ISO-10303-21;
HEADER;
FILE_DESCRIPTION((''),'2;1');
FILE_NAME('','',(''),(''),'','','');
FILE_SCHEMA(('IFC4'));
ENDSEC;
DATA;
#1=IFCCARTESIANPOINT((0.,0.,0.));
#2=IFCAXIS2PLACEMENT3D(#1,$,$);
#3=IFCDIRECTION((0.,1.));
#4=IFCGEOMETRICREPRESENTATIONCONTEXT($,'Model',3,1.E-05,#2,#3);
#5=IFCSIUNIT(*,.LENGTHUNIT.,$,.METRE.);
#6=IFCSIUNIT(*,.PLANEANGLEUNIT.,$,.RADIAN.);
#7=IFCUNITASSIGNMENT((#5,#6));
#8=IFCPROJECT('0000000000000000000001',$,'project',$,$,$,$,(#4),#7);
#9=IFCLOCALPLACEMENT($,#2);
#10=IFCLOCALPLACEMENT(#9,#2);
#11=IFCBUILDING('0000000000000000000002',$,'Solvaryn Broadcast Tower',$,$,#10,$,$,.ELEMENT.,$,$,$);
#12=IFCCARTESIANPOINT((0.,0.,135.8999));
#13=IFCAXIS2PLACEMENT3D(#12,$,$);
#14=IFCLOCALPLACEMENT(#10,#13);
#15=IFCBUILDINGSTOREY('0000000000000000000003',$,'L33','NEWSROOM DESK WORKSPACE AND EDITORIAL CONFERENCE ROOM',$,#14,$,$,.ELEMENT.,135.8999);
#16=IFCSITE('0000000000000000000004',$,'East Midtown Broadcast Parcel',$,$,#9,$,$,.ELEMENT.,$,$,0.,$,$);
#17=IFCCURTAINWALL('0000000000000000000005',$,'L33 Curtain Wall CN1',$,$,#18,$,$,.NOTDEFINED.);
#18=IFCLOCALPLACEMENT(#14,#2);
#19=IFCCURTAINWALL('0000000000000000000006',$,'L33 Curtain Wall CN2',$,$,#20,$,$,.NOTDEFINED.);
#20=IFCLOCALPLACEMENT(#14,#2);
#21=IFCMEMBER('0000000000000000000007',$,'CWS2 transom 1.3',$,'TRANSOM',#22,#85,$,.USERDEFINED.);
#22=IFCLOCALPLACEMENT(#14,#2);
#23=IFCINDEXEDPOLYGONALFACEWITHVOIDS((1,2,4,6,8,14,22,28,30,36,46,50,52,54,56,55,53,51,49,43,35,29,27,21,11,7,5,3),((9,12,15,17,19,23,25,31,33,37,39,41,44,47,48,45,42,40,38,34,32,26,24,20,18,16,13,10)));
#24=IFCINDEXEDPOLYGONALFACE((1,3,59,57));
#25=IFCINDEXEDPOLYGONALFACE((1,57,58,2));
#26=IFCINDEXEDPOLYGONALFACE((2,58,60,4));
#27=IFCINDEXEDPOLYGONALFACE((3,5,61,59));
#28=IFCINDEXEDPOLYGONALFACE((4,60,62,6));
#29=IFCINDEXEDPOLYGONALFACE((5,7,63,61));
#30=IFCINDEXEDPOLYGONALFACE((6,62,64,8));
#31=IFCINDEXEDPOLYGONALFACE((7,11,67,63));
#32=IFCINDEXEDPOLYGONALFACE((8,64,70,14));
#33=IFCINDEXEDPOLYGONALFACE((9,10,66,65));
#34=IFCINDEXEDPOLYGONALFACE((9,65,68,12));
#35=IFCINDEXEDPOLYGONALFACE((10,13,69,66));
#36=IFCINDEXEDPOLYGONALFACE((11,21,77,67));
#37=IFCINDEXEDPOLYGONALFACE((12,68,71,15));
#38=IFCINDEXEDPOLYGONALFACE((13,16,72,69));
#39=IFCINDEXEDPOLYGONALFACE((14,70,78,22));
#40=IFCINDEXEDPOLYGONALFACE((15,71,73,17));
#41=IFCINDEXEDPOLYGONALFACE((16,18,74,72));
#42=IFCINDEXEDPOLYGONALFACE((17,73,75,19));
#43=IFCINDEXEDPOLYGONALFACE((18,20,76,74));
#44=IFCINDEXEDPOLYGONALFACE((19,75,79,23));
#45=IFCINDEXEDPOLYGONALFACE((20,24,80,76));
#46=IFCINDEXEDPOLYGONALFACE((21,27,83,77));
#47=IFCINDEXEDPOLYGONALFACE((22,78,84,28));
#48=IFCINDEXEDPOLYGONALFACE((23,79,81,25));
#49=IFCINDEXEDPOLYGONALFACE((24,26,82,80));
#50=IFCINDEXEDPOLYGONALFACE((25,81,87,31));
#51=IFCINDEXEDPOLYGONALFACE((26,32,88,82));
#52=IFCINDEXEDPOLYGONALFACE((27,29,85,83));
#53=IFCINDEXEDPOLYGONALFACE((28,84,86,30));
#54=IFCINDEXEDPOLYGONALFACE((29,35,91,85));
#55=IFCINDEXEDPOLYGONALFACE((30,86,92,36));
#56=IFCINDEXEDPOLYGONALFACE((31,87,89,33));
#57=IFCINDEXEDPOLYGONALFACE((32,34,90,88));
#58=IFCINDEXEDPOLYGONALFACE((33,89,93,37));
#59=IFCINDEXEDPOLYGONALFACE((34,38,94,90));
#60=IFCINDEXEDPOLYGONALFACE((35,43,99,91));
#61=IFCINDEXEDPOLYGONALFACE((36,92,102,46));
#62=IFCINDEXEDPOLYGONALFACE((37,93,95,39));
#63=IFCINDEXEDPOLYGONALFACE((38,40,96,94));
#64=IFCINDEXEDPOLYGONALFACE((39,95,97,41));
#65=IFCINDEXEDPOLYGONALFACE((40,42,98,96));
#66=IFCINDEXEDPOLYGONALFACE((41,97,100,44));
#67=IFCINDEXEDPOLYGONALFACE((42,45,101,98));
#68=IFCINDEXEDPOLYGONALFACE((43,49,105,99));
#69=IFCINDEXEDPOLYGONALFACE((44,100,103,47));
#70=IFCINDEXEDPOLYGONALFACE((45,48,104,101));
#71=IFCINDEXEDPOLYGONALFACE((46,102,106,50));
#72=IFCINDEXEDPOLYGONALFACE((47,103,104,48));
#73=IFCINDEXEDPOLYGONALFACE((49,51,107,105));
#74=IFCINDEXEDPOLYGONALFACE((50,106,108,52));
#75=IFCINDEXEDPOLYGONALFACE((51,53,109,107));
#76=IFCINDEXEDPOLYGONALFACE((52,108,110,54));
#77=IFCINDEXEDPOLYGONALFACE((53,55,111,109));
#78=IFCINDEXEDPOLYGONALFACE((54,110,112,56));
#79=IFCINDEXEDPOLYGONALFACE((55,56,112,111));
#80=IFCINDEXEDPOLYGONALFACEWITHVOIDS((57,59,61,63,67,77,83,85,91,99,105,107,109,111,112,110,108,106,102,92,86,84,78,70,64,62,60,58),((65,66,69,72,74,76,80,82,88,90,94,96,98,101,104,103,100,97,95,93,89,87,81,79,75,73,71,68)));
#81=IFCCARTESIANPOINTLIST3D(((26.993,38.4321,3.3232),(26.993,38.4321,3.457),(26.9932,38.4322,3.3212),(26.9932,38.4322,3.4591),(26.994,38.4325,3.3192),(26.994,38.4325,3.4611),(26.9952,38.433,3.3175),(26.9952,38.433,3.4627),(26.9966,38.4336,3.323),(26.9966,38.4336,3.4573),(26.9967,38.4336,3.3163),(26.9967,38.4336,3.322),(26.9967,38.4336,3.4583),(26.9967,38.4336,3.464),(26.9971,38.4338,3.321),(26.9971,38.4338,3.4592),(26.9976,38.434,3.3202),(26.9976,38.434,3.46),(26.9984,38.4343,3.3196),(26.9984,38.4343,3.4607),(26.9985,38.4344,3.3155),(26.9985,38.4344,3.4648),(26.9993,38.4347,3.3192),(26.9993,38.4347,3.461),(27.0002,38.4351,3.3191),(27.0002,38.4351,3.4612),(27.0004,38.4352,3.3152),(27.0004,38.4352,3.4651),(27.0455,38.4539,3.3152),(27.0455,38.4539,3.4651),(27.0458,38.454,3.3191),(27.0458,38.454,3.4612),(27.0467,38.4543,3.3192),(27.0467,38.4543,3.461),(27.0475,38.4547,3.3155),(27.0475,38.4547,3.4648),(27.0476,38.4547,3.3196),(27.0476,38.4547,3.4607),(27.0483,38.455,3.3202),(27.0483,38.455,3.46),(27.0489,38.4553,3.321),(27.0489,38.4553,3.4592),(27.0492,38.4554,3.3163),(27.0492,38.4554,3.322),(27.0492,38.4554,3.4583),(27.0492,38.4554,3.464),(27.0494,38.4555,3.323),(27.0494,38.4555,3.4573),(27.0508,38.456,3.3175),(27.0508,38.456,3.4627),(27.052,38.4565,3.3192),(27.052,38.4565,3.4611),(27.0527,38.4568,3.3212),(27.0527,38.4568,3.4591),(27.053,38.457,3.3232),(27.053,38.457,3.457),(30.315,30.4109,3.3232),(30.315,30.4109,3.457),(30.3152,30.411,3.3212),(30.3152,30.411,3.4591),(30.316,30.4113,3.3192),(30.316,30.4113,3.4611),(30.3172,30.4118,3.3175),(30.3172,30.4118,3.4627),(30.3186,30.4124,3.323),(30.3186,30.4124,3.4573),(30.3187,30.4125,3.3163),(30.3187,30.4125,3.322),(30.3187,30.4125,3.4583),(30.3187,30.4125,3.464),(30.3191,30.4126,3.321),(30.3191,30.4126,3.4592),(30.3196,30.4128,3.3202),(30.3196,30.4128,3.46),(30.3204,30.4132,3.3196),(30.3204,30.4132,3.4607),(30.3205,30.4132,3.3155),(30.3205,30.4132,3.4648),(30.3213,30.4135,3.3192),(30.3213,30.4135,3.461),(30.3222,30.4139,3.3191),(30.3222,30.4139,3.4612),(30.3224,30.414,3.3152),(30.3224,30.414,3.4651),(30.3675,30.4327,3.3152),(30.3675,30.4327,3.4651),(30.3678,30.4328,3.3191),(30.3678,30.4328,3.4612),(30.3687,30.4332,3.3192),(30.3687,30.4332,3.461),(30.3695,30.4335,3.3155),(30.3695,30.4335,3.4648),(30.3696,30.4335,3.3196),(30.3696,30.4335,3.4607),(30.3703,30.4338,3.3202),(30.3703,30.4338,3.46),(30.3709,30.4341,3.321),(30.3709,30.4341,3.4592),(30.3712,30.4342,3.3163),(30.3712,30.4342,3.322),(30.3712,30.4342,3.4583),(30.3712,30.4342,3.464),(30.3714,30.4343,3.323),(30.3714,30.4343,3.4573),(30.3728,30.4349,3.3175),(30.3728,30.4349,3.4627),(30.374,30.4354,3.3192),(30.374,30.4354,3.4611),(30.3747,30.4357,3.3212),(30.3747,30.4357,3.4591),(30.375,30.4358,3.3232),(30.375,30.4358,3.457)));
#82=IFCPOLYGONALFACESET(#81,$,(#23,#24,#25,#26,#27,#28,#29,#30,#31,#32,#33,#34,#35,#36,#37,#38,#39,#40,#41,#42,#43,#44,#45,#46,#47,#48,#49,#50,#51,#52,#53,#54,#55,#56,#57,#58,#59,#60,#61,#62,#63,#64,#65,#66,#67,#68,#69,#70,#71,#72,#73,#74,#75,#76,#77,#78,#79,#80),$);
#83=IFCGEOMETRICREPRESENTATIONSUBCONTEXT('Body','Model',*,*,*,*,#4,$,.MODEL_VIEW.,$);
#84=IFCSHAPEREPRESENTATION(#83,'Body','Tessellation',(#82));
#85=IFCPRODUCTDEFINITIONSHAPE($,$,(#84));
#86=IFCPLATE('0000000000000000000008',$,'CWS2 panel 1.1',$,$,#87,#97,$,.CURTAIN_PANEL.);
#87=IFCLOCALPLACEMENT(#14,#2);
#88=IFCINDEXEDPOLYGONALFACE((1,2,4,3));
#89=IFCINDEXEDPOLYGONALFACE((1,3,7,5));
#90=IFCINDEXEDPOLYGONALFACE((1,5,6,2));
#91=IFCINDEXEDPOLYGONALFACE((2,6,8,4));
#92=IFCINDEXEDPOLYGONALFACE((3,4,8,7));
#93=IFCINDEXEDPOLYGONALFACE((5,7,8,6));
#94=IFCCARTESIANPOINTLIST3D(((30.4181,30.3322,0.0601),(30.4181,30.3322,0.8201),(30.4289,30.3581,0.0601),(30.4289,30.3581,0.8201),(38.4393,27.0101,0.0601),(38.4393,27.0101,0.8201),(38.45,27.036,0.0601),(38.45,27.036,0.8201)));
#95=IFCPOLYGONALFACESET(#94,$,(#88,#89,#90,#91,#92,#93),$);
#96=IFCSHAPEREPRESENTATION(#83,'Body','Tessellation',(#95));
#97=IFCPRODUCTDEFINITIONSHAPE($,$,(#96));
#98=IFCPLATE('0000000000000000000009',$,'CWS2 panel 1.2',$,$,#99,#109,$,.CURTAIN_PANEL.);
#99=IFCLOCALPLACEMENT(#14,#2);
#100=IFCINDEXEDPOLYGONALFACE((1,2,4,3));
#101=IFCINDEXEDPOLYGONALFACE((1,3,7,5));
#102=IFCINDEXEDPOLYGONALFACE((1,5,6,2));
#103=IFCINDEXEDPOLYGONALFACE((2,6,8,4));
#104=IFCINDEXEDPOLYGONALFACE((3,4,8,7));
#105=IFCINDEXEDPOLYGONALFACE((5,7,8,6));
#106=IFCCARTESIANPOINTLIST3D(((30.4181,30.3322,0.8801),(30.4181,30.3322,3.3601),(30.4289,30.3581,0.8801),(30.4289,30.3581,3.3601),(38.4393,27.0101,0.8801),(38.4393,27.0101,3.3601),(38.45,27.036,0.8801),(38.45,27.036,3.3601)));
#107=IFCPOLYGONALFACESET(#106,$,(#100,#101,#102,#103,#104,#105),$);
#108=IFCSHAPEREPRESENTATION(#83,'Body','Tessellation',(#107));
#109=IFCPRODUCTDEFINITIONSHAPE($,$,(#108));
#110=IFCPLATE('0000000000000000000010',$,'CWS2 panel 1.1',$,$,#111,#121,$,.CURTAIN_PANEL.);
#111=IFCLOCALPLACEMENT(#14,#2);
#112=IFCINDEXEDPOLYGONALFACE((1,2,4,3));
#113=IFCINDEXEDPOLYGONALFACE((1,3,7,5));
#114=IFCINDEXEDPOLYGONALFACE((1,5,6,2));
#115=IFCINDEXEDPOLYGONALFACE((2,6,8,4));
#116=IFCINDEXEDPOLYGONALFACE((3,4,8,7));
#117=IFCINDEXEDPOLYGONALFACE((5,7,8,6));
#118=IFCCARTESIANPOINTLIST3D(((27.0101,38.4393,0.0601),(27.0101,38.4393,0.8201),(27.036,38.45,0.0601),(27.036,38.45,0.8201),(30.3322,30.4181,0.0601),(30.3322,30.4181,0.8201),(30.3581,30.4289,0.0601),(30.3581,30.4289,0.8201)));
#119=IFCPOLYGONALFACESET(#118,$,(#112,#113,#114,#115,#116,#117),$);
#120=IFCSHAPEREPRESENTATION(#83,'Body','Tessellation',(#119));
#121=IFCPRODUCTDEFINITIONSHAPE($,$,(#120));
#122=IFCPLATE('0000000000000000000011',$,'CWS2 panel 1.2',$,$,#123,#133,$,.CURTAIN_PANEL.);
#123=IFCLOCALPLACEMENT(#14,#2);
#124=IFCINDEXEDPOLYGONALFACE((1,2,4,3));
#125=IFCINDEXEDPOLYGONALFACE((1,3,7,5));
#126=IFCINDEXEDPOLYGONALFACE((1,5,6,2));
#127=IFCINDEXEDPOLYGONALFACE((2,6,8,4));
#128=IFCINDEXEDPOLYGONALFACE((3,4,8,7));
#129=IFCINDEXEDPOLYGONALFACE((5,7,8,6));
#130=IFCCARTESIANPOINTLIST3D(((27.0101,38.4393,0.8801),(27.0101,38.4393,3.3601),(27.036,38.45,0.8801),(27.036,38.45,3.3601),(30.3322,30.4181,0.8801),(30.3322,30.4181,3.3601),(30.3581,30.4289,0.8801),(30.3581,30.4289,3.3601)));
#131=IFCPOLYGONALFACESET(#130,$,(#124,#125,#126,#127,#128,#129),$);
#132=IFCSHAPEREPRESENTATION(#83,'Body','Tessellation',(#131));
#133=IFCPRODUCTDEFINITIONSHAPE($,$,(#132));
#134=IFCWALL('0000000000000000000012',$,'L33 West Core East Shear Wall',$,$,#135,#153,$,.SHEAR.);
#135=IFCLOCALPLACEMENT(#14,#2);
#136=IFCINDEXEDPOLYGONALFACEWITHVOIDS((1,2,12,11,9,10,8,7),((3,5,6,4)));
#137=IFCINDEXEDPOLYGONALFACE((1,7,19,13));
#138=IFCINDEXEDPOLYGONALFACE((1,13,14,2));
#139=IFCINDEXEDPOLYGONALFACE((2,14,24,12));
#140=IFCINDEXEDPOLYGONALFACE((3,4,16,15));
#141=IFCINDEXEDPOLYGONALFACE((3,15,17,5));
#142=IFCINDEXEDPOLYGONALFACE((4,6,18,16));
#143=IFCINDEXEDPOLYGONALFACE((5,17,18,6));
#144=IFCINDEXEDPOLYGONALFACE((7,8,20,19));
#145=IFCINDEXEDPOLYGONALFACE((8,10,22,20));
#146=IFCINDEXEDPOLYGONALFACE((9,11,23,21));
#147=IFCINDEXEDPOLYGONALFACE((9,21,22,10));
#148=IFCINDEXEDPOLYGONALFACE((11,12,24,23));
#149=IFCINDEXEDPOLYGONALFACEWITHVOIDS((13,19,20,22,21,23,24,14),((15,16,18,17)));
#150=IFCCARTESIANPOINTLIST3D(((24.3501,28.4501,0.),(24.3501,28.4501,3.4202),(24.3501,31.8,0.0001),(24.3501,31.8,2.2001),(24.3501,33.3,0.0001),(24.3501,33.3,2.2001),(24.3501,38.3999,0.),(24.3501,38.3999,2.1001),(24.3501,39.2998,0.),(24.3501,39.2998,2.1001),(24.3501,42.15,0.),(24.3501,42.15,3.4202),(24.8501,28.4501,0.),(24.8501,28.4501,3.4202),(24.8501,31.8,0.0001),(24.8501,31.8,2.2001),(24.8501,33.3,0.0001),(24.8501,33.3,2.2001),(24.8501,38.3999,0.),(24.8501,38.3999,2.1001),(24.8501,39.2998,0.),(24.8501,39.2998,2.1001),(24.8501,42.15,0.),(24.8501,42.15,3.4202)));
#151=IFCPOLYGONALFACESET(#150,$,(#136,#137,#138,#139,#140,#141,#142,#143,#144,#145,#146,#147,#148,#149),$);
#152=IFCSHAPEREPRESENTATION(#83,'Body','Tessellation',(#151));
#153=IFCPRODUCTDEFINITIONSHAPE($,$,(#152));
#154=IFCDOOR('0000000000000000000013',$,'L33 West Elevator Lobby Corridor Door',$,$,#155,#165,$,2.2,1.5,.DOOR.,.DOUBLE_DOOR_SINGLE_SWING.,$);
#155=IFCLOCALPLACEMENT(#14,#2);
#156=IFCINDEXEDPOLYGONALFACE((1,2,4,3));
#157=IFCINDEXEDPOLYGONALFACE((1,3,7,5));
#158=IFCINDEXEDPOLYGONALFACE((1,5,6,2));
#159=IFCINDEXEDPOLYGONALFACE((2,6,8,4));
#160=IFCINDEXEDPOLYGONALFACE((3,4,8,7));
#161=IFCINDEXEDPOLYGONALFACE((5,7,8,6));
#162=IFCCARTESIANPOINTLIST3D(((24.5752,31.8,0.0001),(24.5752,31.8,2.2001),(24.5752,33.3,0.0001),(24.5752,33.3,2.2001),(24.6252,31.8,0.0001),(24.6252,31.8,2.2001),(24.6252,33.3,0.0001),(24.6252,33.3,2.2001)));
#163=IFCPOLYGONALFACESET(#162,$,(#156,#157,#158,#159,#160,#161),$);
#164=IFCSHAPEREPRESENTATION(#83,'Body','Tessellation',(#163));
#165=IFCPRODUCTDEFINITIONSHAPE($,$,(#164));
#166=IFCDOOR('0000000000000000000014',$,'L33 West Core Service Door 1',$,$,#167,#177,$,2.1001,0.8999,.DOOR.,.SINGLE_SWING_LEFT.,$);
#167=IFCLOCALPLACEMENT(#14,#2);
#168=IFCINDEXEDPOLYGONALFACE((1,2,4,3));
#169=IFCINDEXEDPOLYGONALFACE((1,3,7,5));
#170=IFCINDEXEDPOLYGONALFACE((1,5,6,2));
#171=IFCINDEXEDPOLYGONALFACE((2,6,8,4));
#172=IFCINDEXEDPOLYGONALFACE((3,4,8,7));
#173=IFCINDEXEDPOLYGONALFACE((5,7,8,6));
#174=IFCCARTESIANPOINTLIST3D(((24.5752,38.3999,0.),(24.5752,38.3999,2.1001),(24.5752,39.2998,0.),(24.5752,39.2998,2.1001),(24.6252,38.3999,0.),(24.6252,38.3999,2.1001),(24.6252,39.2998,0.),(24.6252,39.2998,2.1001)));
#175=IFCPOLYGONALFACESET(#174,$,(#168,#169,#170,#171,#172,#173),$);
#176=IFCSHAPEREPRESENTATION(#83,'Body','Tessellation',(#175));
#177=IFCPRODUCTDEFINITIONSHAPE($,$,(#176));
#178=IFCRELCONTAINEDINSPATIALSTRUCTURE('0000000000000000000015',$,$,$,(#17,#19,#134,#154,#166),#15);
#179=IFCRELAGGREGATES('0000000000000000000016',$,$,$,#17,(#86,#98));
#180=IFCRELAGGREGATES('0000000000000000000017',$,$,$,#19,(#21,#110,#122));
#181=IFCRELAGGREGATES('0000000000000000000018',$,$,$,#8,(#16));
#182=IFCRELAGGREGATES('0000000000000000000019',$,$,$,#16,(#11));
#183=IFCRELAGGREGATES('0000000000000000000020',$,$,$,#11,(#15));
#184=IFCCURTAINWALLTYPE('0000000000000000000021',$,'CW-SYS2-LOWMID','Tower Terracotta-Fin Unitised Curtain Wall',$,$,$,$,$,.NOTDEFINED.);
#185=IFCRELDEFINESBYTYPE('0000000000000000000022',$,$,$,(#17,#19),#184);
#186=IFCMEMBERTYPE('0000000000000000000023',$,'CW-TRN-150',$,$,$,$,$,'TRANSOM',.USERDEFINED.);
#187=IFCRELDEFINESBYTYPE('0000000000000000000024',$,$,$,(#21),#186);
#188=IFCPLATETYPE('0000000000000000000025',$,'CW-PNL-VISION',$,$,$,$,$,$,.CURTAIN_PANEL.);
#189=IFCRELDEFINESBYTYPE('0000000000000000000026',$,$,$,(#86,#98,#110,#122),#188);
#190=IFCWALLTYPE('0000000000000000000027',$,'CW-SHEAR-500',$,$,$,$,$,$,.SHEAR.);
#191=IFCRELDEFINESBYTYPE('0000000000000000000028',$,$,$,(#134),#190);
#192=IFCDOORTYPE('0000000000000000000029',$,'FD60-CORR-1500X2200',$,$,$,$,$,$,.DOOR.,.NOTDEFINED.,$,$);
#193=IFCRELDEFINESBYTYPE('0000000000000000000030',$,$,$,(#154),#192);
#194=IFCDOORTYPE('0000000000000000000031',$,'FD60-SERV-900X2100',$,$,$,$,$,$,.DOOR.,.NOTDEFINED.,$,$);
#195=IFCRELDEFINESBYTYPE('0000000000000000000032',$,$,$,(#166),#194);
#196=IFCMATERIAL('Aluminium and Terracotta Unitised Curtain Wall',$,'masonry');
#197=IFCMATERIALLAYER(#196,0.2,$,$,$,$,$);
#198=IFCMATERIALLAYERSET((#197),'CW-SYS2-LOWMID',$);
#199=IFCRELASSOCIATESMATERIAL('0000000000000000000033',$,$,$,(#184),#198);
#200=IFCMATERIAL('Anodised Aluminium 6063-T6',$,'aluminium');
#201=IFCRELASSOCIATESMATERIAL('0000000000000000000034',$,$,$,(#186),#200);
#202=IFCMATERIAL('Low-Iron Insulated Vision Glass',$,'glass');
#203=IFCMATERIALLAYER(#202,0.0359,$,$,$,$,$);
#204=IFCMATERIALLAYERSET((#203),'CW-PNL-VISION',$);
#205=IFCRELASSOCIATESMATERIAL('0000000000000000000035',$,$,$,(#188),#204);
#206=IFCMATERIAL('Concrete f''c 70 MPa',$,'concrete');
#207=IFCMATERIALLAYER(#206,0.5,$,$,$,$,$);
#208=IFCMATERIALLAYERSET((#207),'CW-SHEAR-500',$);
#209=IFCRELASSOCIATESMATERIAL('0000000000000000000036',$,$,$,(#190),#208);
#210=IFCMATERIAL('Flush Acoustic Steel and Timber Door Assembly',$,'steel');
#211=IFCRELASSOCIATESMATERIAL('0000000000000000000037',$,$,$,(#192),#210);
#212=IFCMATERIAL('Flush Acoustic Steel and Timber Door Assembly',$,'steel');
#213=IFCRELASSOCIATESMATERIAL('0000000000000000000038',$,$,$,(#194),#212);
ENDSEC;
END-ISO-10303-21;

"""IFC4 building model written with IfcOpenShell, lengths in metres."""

from ifc_helpers import new_model, si_unit, direction, frame, frame_2d, origin, origin_2d, place, context, subcontext, project, spatial, rectangle, hollow_rectangle, extrude, material, layer, layer_set, material_profile, profile_set, type_object, element, fill, aggregate, save


model = new_model("IFC4")

# Units and contexts
model_context = context("Model", 3, precision=1e-05, world=origin(), true_north=direction((0.0, 1.0)))
body_context = subcontext(model_context, "Body", "Model", "MODEL_VIEW")
ifc_project = project(units=[si_unit("LENGTHUNIT", "METRE"), si_unit("PLANEANGLEUNIT", "RADIAN")], contexts=[model_context])

# Site, building, storey
site_placement = place(None, origin())
site = spatial("IfcSite", under=ifc_project, at=site_placement, Name="East Midtown Broadcast Parcel", CompositionType="ELEMENT", RefElevation=0.0)
building_placement = place(site_placement, origin())
building = spatial("IfcBuilding", under=site, at=building_placement, Name="Solvaryn Broadcast Tower", CompositionType="ELEMENT")
storey_placement = place(building_placement, frame((0.0, 0.0, 135.8999)))
storey = spatial("IfcBuildingStorey", under=building, at=storey_placement, Name="L33", Description="NEWSROOM DESK WORKSPACE AND EDITORIAL CONFERENCE ROOM", CompositionType="ELEMENT", Elevation=135.8999)

# Curtain wall
ifc_material_1 = material(Name="Aluminium and Terracotta Unitised Curtain Wall", Category="masonry")
ifc_layer_1 = layer(ifc_material_1, 0.2)
ifc_layer_set_1 = layer_set([ifc_layer_1], Name="CW-SYS2-LOWMID")
curtain_wall_type = type_object("IfcCurtainWallType", Name="CW-SYS2-LOWMID", Description="Tower Terracotta-Fin Unitised Curtain Wall", PredefinedType="NOTDEFINED", material=ifc_layer_set_1)
curtain_wall_1_placement = place(storey_placement, origin())
curtain_wall_1 = element("IfcCurtainWall", 1, at=curtain_wall_1_placement, inside=storey, type_object=curtain_wall_type, Name="L33 Curtain Wall CN1", PredefinedType="NOTDEFINED")

# Curtain wall, member
curtain_wall_2_placement = place(storey_placement, origin())
curtain_wall_2 = element("IfcCurtainWall", 2, at=curtain_wall_2_placement, inside=storey, type_object=curtain_wall_type, Name="L33 Curtain Wall CN2", PredefinedType="NOTDEFINED")
ifc_material_2 = material(Name="Anodised Aluminium 6063-T6", Category="aluminium")
ifc_material_profile_1 = material_profile(ifc_material_2, hollow_rectangle(XDim=0.0649, YDim=0.1499, WallThickness=0.0039, InnerFilletRadius=0.0039, OuterFilletRadius=0.0081, at=origin_2d()))
ifc_profile_set_1 = profile_set([ifc_material_profile_1], Name="Anodised Aluminium 6063-T6")
member_type_1 = type_object("IfcMemberType", Name="CW-TRN-150", ElementType="TRANSOM", PredefinedType="USERDEFINED", material=ifc_profile_set_1)
member_1_placement = place(storey_placement, frame((30.345, 30.4233, 3.3901), z_axis=(-0.382636, 0.923899, 0.0), x_axis=(-0.923899, -0.382636, 0.0)))
member_1 = element("IfcMember", 3, at=member_1_placement, type_object=member_type_1, Name="CWS2 transom 1.3", ObjectType="TRANSOM", PredefinedType="USERDEFINED", context=body_context, shape_type="SweptSolid", body=[
    extrude(hollow_rectangle(XDim=0.0649, YDim=0.1499, WallThickness=0.0039, InnerFilletRadius=0.0039, OuterFilletRadius=0.0081, at=origin_2d()), origin(), (0.0, 0.0, 1.0), 8.6819),
])

# Plates
ifc_material_3 = material(Name="Low-Iron Insulated Vision Glass", Category="glass")
ifc_layer_2 = layer(ifc_material_3, 0.0359)
ifc_layer_set_2 = layer_set([ifc_layer_2], Name="CW-PNL-VISION")
plate_type = type_object("IfcPlateType", Name="CW-PNL-VISION", PredefinedType="CURTAIN_PANEL", material=ifc_layer_set_2)
plate_1_placement = place(storey_placement, frame((34.4341, 28.6841, 0.0601), z_axis=(0.0, 0.0, 1.0), x_axis=(-0.923895, 0.382646, 0.0)))
plate_1 = element("IfcPlate", 4, at=plate_1_placement, type_object=plate_type, Name="CWS2 panel 1.1", PredefinedType="CURTAIN_PANEL", context=body_context, shape_type="SweptSolid", body=[
    extrude(rectangle(XDim=8.6819, YDim=0.0281, at=origin_2d()), origin(), (0.0, 0.0, 1.0), 0.76),
])
plate_2_placement = place(storey_placement, frame((34.4341, 28.6841, 0.8801), z_axis=(0.0, 0.0, 1.0), x_axis=(-0.923895, 0.382646, 0.0)))
plate_2 = element("IfcPlate", 5, at=plate_2_placement, type_object=plate_type, Name="CWS2 panel 1.2", PredefinedType="CURTAIN_PANEL", context=body_context, shape_type="SweptSolid", body=[
    extrude(rectangle(XDim=8.6819, YDim=0.0281, at=origin_2d()), origin(), (0.0, 0.0, 1.0), 2.48),
])
aggregate(curtain_wall_1, [plate_1, plate_2])
plate_3_placement = place(storey_placement, frame((28.6841, 34.4341, 0.0601), z_axis=(0.0, 0.0, 1.0), x_axis=(-0.382646, 0.923895, 0.0)))
plate_3 = element("IfcPlate", 6, at=plate_3_placement, type_object=plate_type, Name="CWS2 panel 1.1", PredefinedType="CURTAIN_PANEL", context=body_context, shape_type="SweptSolid", body=[
    extrude(rectangle(XDim=8.6819, YDim=0.0281, at=origin_2d()), origin(), (0.0, 0.0, 1.0), 0.76),
])
plate_4_placement = place(storey_placement, frame((28.6841, 34.4341, 0.8801), z_axis=(0.0, 0.0, 1.0), x_axis=(-0.382646, 0.923895, 0.0)))
plate_4 = element("IfcPlate", 7, at=plate_4_placement, type_object=plate_type, Name="CWS2 panel 1.2", PredefinedType="CURTAIN_PANEL", context=body_context, shape_type="SweptSolid", body=[
    extrude(rectangle(XDim=8.6819, YDim=0.0281, at=origin_2d()), origin(), (0.0, 0.0, 1.0), 2.48),
])
aggregate(curtain_wall_2, [member_1, plate_3, plate_4])

# Wall, openings, doors
ifc_material_4 = material(Name="Concrete f'c 70 MPa", Category="concrete")
ifc_layer_3 = layer(ifc_material_4, 0.5)
ifc_layer_set_3 = layer_set([ifc_layer_3], Name="CW-SHEAR-500")
wall_type_1 = type_object("IfcWallType", Name="CW-SHEAR-500", PredefinedType="SHEAR", material=ifc_layer_set_3)
wall_1_placement = place(storey_placement, frame((24.6001, 28.45, 0.0), z_axis=(0.0, 0.0, 1.0), x_axis=(0.0, 1.0, 0.0)))
wall_1 = element("IfcWall", 8, at=wall_1_placement, inside=storey, type_object=wall_type_1, Name="L33 West Core East Shear Wall", PredefinedType="SHEAR", context=body_context, shape_type="SweptSolid", body=[
    extrude(rectangle(XDim=13.7, YDim=0.5, at=frame_2d((6.8501, 0.0))), origin(), (0.0, 0.0, 1.0), 3.4202),
])
opening_1_placement = place(wall_1_placement, frame((3.3501, 0.0, 0.0)))
opening_1 = element("IfcOpeningElement", 9, at=opening_1_placement, cuts=wall_1, PredefinedType="OPENING", context=body_context, shape_type="SweptSolid", body=[
    extrude(rectangle(XDim=1.5, YDim=2.2, at=frame_2d((0.75, 1.1001))), frame((0.0, 0.26, 0.0), z_axis=(0.0, -1.0, 0.0), x_axis=(1.0, 0.0, 0.0)), (0.0, 0.0, 1.0), 0.52),
])
opening_2_placement = place(wall_1_placement, frame((9.95, 0.0, 0.0)))
opening_2 = element("IfcOpeningElement", 10, at=opening_2_placement, cuts=wall_1, PredefinedType="OPENING", context=body_context, shape_type="SweptSolid", body=[
    extrude(rectangle(XDim=0.8999, YDim=2.1001, at=frame_2d((0.45, 1.05))), frame((0.0, 0.26, 0.0), z_axis=(0.0, -1.0, 0.0), x_axis=(1.0, 0.0, 0.0)), (0.0, 0.0, 1.0), 0.52),
])
ifc_material_5 = material(Name="Flush Acoustic Steel and Timber Door Assembly", Category="steel")
door_type_1 = type_object("IfcDoorType", Name="FD60-CORR-1500X2200", OperationType="NOTDEFINED", PredefinedType="DOOR", material=ifc_material_5)
door_1_placement = place(opening_1_placement, origin())
door_1 = element("IfcDoor", 11, at=door_1_placement, inside=storey, type_object=door_type_1, Name="L33 West Elevator Lobby Corridor Door", OperationType="DOUBLE_DOOR_SINGLE_SWING", OverallHeight=2.2, OverallWidth=1.5, PredefinedType="DOOR", context=body_context, shape_type="SweptSolid", body=[
    extrude(rectangle(XDim=1.5, YDim=2.2, at=frame_2d((0.75, 1.1001))), frame((0.0, 0.0249, 0.0), z_axis=(0.0, -1.0, 0.0), x_axis=(1.0, 0.0, 0.0)), (0.0, 0.0, 1.0), 0.05),
])
fill(opening_1, door_1)
ifc_material_6 = material(Name="Flush Acoustic Steel and Timber Door Assembly", Category="steel")
door_type_2 = type_object("IfcDoorType", Name="FD60-SERV-900X2100", OperationType="NOTDEFINED", PredefinedType="DOOR", material=ifc_material_6)
door_2_placement = place(opening_2_placement, origin())
door_2 = element("IfcDoor", 12, at=door_2_placement, inside=storey, type_object=door_type_2, Name="L33 West Core Service Door 1", OperationType="SINGLE_SWING_LEFT", OverallHeight=2.1001, OverallWidth=0.8999, PredefinedType="DOOR", context=body_context, shape_type="SweptSolid", body=[
    extrude(rectangle(XDim=0.8999, YDim=2.1001, at=frame_2d((0.45, 1.05))), frame((0.0, 0.0249, 0.0), z_axis=(0.0, -1.0, 0.0), x_axis=(1.0, 0.0, 0.0)), (0.0, 0.0, 1.0), 0.05),
])
fill(opening_2, door_2)

save(model, "model.ifc")
